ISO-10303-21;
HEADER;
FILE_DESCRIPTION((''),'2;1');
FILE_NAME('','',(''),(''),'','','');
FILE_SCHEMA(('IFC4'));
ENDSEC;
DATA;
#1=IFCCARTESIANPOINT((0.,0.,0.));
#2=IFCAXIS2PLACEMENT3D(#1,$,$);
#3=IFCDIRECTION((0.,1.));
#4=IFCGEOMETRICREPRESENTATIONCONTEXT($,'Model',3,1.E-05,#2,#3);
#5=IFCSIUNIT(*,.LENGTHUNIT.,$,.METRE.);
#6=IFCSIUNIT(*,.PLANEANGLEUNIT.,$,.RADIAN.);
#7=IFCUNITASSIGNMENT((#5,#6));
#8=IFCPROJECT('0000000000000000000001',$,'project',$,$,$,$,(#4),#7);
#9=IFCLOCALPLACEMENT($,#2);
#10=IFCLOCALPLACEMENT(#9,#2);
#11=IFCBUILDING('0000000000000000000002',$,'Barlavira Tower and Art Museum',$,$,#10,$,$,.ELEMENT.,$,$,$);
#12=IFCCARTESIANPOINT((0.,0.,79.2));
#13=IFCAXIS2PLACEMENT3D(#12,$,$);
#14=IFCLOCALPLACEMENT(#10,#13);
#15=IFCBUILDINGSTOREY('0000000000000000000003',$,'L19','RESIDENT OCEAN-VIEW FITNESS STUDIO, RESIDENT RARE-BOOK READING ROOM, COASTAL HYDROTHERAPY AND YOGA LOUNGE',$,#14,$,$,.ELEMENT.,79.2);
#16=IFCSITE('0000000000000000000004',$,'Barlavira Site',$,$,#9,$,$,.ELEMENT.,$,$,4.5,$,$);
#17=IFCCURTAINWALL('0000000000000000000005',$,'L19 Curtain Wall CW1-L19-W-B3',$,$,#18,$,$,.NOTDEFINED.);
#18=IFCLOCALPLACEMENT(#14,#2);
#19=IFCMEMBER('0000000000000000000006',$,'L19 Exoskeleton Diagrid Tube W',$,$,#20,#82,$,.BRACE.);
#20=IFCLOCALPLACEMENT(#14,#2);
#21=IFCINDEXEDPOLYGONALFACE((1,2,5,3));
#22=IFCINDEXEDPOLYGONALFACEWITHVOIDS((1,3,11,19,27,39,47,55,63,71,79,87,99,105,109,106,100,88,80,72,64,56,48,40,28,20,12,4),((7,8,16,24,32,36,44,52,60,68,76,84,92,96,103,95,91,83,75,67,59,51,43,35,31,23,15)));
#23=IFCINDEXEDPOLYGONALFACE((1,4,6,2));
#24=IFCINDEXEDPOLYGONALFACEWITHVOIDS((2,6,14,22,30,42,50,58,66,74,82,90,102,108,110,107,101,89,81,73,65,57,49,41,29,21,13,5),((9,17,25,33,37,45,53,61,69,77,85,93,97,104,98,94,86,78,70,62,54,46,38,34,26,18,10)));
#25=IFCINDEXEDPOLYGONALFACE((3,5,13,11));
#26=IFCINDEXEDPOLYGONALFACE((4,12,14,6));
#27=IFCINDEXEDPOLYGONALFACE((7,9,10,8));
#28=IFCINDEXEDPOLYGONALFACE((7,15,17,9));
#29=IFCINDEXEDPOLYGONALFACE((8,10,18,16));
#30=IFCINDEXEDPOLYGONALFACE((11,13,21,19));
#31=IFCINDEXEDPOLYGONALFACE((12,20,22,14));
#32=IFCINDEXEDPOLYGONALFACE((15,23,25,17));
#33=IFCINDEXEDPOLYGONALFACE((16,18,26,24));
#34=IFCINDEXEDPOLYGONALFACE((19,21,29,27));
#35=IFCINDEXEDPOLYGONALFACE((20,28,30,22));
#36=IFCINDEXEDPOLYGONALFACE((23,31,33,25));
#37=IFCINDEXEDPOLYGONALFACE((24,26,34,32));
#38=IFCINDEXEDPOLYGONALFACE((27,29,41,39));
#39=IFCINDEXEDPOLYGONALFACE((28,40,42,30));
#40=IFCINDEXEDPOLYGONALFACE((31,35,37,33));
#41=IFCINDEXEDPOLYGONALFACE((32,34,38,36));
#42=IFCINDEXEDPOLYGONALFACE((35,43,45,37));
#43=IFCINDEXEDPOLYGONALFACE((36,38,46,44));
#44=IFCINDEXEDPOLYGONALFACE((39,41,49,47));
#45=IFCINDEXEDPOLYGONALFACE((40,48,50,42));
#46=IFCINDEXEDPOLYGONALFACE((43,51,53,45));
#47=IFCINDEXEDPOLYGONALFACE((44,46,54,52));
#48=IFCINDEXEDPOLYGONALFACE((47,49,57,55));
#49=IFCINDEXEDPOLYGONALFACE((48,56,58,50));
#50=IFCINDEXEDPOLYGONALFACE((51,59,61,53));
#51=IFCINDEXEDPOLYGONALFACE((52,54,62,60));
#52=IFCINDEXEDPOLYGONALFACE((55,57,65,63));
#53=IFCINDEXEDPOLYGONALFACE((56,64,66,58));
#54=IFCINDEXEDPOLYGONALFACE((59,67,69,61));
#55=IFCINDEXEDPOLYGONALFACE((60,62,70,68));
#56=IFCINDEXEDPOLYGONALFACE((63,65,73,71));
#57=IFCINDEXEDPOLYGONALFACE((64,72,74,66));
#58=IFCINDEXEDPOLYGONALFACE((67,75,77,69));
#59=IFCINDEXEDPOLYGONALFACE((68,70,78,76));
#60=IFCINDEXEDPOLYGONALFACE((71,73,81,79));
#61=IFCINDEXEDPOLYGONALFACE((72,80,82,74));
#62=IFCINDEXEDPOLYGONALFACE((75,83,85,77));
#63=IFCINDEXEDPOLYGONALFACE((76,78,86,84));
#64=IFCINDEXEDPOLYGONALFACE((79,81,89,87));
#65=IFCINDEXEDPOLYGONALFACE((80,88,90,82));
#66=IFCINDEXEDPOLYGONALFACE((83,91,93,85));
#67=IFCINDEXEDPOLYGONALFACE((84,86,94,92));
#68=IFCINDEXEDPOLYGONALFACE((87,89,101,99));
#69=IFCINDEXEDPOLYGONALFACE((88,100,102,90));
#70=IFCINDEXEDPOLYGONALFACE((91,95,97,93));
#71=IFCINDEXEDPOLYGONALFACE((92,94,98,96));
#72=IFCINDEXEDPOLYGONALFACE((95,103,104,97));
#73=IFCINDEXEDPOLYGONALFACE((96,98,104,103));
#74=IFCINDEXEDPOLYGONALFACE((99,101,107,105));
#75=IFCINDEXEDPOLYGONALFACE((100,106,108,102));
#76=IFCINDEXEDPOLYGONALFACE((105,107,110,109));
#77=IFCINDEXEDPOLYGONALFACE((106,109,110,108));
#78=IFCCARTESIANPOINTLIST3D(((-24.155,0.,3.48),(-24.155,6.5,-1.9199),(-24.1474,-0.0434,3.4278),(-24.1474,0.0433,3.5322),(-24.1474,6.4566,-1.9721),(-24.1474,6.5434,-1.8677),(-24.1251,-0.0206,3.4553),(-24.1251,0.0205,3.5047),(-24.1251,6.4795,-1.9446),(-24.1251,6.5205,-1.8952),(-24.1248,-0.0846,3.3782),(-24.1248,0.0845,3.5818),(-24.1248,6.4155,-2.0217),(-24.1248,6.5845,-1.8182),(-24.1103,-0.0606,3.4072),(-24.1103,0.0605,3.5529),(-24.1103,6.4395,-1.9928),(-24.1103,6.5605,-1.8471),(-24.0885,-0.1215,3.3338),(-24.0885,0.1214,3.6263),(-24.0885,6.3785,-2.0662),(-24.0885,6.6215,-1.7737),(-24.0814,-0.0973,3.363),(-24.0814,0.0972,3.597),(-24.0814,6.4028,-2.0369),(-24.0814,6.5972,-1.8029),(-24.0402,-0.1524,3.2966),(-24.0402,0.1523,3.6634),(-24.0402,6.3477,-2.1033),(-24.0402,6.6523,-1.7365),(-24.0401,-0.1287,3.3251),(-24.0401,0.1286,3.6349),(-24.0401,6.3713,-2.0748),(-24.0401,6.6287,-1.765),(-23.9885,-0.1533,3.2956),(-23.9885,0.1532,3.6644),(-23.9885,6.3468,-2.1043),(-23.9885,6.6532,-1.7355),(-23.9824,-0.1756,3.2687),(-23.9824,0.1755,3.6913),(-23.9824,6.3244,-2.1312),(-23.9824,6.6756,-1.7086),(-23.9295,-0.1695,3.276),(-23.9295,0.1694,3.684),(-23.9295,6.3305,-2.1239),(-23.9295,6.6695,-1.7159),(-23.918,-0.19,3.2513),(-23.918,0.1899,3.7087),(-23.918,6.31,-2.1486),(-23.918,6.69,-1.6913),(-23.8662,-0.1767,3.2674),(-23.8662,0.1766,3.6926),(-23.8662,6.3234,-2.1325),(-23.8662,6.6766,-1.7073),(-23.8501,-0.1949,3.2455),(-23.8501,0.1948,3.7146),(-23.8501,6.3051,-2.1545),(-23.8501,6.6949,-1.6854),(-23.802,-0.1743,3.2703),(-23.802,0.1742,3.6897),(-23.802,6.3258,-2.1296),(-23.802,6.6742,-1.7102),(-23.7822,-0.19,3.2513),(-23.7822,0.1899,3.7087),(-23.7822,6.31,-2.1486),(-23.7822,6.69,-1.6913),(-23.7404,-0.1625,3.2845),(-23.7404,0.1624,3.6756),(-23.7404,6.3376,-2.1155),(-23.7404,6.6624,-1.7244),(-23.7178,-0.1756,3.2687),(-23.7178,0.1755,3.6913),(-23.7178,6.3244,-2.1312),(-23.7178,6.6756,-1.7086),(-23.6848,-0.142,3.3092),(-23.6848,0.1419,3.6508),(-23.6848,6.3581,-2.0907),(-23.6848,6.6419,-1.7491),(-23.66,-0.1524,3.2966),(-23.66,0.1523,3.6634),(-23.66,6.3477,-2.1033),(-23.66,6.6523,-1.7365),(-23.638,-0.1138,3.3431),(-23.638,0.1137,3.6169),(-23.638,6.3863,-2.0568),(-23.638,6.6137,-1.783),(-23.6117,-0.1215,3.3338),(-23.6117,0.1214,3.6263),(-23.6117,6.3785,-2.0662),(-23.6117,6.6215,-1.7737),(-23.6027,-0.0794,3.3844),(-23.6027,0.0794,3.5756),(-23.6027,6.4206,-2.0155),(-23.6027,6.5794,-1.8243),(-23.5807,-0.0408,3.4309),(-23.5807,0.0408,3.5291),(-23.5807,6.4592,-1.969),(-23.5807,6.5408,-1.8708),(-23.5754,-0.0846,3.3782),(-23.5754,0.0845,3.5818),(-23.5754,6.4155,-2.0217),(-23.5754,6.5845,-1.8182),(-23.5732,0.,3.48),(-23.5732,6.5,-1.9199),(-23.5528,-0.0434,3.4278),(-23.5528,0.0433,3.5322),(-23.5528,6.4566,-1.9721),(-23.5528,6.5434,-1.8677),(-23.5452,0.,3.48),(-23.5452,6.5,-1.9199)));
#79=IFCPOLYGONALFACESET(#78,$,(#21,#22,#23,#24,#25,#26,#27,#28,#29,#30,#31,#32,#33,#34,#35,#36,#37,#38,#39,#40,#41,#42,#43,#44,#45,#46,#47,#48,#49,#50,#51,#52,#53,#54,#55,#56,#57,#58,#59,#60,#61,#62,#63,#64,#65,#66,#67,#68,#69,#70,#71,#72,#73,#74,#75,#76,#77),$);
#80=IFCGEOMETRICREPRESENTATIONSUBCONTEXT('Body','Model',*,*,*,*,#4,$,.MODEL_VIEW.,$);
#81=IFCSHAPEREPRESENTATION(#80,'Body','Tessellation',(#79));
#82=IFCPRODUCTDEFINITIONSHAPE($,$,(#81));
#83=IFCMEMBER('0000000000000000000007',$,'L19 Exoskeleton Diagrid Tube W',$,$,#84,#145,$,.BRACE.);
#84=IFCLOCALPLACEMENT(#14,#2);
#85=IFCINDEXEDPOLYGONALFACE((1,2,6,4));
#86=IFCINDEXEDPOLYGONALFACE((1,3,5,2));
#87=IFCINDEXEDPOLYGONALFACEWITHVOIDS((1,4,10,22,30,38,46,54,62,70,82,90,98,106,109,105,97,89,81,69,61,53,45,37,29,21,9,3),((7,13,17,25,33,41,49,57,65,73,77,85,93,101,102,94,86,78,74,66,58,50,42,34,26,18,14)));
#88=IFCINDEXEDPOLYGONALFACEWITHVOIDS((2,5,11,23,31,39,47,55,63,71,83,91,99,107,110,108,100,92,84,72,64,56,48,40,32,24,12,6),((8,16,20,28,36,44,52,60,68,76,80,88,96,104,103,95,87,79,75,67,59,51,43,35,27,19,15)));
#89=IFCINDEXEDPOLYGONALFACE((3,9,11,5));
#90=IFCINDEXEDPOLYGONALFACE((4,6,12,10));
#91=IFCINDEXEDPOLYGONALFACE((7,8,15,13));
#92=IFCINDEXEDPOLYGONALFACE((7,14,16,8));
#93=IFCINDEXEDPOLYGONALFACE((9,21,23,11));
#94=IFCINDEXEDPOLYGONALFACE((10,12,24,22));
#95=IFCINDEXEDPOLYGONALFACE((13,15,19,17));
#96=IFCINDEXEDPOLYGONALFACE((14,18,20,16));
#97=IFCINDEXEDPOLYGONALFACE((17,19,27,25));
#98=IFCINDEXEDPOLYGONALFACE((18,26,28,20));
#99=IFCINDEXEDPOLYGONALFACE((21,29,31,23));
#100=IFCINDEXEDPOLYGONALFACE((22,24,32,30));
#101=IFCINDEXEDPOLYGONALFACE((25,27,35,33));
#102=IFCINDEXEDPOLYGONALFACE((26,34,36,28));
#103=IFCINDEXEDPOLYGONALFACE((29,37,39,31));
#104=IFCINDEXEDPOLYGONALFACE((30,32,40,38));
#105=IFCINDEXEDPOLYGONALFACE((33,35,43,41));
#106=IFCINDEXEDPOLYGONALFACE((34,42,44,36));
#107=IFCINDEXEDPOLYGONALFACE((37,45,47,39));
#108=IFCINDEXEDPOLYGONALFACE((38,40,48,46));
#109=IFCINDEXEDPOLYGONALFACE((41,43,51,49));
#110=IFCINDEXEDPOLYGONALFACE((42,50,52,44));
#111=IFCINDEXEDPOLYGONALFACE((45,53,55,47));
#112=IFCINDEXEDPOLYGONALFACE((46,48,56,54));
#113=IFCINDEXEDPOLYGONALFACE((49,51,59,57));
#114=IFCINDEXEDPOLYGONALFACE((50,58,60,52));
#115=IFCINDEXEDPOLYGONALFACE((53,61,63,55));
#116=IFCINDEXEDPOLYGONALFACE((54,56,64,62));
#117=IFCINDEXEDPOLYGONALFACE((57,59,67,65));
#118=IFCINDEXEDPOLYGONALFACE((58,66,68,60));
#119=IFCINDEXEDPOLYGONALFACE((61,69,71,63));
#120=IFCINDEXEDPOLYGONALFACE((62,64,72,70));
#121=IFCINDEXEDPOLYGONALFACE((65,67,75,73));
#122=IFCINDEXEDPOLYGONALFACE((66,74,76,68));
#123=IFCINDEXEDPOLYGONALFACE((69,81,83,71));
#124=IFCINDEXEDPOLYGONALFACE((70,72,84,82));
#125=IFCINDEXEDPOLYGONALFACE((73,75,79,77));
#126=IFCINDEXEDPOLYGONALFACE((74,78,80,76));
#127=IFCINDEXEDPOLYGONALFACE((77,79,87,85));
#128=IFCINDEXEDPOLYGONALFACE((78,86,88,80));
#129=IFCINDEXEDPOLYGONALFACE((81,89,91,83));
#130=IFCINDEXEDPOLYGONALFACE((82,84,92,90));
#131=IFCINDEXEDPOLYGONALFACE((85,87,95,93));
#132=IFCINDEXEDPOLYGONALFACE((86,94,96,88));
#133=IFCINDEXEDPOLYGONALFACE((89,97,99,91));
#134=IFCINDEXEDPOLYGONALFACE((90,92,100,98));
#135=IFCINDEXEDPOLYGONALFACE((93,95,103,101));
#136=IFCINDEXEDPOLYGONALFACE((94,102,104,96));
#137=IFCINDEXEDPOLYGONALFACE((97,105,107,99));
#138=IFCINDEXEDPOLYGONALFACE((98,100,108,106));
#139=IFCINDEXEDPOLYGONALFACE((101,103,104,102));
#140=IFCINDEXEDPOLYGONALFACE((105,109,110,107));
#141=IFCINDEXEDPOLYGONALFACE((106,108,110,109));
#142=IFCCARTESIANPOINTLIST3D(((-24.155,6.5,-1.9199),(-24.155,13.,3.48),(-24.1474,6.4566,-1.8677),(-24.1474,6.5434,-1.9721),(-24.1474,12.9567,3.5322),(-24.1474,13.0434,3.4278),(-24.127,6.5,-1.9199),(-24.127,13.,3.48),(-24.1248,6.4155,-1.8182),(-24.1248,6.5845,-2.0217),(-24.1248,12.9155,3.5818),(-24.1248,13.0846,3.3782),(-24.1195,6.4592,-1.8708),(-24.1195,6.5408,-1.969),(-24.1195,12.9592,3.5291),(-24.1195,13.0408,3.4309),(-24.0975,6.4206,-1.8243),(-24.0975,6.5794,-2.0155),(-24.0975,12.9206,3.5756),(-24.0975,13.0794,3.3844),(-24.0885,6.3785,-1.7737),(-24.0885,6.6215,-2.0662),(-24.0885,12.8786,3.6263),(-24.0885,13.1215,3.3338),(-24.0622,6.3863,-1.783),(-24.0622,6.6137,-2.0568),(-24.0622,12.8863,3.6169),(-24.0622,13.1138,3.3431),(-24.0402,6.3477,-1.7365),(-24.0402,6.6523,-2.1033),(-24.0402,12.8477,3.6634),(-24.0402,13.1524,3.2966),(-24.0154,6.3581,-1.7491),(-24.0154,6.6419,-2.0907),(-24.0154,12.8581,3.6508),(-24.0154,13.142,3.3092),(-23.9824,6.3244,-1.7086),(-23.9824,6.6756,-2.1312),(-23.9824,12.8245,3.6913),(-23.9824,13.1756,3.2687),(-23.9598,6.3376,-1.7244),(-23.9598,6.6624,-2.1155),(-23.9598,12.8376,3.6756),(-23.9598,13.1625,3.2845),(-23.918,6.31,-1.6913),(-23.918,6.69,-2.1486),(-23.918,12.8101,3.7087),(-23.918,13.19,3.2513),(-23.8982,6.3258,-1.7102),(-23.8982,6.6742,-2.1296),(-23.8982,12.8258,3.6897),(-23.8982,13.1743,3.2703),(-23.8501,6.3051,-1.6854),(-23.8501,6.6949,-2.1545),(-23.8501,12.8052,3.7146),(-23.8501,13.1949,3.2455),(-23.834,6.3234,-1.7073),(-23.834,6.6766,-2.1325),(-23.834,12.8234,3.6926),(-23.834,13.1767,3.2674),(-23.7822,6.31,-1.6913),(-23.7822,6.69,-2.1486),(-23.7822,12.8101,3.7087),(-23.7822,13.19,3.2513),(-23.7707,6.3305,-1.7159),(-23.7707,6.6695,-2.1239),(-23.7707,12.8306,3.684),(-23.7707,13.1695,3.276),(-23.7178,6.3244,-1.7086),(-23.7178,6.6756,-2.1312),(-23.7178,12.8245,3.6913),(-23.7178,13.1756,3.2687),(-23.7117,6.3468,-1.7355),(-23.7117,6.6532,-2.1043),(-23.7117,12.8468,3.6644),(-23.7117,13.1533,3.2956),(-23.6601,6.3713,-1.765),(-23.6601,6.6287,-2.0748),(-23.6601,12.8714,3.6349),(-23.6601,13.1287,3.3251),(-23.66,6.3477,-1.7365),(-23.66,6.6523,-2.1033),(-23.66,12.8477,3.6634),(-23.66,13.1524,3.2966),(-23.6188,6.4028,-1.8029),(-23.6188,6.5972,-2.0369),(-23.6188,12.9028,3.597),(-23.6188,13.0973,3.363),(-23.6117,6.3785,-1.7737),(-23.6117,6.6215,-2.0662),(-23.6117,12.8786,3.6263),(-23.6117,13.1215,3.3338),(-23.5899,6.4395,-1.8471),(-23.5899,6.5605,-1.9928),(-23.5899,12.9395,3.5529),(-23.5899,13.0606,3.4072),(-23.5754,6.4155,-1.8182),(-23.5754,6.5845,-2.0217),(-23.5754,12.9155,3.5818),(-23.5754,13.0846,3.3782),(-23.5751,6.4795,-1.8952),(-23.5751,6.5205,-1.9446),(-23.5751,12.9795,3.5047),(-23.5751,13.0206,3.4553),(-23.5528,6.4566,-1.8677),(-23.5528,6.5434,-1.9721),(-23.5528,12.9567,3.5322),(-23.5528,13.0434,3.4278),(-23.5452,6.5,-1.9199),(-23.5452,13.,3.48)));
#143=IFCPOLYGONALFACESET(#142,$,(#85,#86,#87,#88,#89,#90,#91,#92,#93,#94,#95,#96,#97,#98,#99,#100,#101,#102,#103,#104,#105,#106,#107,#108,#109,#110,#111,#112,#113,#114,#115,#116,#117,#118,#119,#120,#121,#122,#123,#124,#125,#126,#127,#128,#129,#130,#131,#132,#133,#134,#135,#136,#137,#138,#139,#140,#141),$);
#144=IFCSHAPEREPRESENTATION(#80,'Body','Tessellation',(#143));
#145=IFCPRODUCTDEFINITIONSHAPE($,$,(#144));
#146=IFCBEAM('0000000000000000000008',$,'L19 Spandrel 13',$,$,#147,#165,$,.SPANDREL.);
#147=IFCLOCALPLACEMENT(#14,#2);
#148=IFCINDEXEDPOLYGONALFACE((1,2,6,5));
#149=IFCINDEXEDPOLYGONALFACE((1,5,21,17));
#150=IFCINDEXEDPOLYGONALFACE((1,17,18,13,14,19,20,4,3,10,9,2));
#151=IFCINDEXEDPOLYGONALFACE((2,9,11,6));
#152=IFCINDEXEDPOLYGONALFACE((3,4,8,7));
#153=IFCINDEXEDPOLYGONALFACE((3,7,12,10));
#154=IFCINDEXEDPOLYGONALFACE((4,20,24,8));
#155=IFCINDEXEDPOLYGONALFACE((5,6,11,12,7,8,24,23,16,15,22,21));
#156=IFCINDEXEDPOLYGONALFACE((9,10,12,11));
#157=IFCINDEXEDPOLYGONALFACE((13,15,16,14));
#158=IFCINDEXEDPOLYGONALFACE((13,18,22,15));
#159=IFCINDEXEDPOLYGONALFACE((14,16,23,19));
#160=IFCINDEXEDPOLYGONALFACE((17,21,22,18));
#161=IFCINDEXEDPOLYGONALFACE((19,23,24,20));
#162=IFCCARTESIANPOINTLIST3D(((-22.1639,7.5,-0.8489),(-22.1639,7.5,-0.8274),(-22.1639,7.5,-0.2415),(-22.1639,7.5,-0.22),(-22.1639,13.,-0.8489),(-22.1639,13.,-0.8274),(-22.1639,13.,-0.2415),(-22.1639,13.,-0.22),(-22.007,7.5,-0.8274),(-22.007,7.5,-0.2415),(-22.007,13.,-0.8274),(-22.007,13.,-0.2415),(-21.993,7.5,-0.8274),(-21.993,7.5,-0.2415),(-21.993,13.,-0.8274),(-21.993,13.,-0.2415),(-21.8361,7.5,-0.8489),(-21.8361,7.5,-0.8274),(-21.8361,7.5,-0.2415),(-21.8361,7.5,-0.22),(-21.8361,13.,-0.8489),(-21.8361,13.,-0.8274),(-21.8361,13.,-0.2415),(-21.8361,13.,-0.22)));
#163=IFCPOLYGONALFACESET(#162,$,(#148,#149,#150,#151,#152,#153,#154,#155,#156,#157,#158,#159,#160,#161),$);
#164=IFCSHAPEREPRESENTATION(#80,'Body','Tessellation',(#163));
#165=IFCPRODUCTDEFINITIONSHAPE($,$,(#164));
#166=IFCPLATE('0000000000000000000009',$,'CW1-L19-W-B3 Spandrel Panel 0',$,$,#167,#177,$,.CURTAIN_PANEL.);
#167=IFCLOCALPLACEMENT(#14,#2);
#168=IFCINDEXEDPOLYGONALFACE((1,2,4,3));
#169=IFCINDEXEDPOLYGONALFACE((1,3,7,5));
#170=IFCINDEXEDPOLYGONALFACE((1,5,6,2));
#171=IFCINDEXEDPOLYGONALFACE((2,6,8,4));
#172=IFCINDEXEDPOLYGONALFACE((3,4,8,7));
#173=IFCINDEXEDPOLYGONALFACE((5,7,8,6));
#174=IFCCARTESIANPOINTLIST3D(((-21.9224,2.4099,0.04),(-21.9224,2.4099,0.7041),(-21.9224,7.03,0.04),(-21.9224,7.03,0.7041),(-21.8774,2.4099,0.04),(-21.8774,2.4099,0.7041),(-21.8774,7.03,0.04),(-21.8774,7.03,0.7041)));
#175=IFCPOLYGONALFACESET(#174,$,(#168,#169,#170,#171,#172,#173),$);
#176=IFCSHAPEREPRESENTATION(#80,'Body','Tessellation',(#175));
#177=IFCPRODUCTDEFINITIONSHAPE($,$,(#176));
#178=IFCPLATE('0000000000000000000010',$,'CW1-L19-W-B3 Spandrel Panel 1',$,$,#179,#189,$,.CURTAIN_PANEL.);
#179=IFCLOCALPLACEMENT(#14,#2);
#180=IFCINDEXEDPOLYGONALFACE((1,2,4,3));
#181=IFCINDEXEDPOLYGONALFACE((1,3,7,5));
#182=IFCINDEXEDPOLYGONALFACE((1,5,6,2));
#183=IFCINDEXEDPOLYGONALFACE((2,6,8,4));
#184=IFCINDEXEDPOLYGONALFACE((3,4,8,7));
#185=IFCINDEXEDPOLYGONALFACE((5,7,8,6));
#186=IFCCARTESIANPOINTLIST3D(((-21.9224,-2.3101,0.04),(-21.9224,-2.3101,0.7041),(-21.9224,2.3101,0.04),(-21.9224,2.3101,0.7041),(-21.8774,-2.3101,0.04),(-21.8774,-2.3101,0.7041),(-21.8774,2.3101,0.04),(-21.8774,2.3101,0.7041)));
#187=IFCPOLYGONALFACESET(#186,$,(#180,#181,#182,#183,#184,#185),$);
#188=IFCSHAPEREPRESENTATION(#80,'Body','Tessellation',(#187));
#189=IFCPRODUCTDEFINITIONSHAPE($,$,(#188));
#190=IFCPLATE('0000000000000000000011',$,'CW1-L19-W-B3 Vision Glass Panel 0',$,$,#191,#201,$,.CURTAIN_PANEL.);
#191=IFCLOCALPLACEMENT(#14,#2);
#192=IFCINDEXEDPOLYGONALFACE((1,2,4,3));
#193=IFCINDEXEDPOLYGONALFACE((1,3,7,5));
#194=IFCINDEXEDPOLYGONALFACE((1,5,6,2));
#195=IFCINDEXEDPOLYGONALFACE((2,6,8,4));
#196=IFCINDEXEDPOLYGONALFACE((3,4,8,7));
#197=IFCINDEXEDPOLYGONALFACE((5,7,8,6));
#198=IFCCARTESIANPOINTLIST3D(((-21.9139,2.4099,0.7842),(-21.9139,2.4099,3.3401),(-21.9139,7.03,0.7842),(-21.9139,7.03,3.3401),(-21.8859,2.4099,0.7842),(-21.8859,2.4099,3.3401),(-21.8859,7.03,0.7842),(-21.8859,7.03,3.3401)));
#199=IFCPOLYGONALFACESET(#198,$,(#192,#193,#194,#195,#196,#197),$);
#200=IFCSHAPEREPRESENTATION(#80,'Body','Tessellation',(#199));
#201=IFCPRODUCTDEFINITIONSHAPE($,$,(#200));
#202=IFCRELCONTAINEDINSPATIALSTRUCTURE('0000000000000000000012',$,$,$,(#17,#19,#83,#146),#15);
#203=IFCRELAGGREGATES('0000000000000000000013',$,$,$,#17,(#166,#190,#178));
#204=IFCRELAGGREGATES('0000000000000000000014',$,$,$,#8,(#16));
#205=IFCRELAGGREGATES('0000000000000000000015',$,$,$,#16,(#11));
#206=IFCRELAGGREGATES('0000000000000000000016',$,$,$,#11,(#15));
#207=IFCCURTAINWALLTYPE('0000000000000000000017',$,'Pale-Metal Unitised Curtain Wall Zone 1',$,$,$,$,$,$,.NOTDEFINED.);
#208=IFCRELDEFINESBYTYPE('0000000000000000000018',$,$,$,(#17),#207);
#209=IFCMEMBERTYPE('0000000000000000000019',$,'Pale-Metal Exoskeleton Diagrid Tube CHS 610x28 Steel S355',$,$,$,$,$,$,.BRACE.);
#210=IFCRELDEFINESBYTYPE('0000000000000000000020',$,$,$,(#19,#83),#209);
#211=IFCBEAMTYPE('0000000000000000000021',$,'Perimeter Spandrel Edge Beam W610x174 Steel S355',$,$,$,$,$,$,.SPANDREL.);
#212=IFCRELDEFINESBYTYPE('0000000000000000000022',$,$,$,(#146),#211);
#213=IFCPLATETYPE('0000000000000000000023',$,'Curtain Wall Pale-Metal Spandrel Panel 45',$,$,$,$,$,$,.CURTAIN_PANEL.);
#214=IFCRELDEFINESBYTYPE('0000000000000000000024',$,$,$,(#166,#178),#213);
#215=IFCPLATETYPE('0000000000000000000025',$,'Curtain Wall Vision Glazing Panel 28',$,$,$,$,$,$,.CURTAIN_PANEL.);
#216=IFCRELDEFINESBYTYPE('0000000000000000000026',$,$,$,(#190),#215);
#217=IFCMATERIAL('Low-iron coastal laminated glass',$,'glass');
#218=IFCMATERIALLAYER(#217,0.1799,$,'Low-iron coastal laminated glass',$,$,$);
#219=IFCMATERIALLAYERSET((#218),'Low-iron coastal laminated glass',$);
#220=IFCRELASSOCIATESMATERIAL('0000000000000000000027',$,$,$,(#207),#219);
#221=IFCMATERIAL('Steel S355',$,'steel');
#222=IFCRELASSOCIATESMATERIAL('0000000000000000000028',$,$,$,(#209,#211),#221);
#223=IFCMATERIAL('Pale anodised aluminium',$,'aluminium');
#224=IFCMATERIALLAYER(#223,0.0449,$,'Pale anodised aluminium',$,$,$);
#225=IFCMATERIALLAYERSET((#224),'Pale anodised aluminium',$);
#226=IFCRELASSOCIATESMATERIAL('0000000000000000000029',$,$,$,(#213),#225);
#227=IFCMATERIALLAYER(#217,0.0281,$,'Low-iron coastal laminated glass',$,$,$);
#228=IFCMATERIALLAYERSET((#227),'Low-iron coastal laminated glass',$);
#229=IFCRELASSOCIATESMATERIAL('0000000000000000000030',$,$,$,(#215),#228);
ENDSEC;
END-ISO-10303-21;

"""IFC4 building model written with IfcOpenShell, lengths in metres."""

from ifc_helpers import new_model, si_unit, direction, frame, origin, origin_2d, place, context, subcontext, project, spatial, rectangle, hollow_circle, i_section, extrude, material, layer, layer_set, material_profile, profile_set, type_object, element, aggregate, save


model = new_model("IFC4")

# Units and contexts
model_context = context("Model", 3, precision=1e-05, world=origin(), true_north=direction((0.0, 1.0)))
body_context = subcontext(model_context, "Body", "Model", "MODEL_VIEW")
ifc_project = project(units=[si_unit("LENGTHUNIT", "METRE"), si_unit("PLANEANGLEUNIT", "RADIAN")], contexts=[model_context])

# Site, building, storey
site_placement = place(None, origin())
site = spatial("IfcSite", under=ifc_project, at=site_placement, Name="Barlavira Site", CompositionType="ELEMENT", RefElevation=4.5)
building_placement = place(site_placement, origin())
building = spatial("IfcBuilding", under=site, at=building_placement, Name="Barlavira Tower and Art Museum", CompositionType="ELEMENT")
storey_placement = place(building_placement, frame((0.0, 0.0, 79.2)))
storey = spatial("IfcBuildingStorey", under=building, at=storey_placement, Name="L19", Description="RESIDENT OCEAN-VIEW FITNESS STUDIO, RESIDENT RARE-BOOK READING ROOM, COASTAL HYDROTHERAPY AND YOGA LOUNGE", CompositionType="ELEMENT", Elevation=79.2)

# Curtain wall
ifc_material_1 = material(Name="Low-iron coastal laminated glass", Category="glass")
ifc_layer_1 = layer(ifc_material_1, 0.1799, Name="Low-iron coastal laminated glass")
ifc_layer_set_1 = layer_set([ifc_layer_1], Name="Low-iron coastal laminated glass")
curtain_wall_type = type_object("IfcCurtainWallType", Name="Pale-Metal Unitised Curtain Wall Zone 1", PredefinedType="NOTDEFINED", material=ifc_layer_set_1)
curtain_wall_placement = place(storey_placement, origin())
curtain_wall = element("IfcCurtainWall", 1, at=curtain_wall_placement, inside=storey, type_object=curtain_wall_type, Name="L19 Curtain Wall CW1-L19-W-B3", PredefinedType="NOTDEFINED")
ifc_material_2 = material(Name="Pale anodised aluminium", Category="aluminium")

# Members
ifc_material_3 = material(Name="Steel S355", Category="steel")
ifc_material_profile_1 = material_profile(ifc_material_3, hollow_circle(Radius=0.3049, WallThickness=0.0281, at=origin_2d()), Name="CHS 610.0x28.0")
ifc_profile_set_1 = profile_set([ifc_material_profile_1], Name="Steel S355")
member_type_1 = type_object("IfcMemberType", Name="Pale-Metal Exoskeleton Diagrid Tube CHS 610x28 Steel S355", PredefinedType="BRACE", material=ifc_profile_set_1)
for number, where, z_axis, x_axis, name in (
    (2, (-23.8501, 6.5, -1.9199), (0.0, -0.769196, 0.639013), (1.0, 0.0, 0.0), "L19 Exoskeleton Diagrid Tube W"),
    (3, (-23.8501, 6.5, -1.9199), (0.0, 0.769196, 0.639013), (-1.0, 0.0, 0.0), "L19 Exoskeleton Diagrid Tube W"),
):
    element("IfcMember", number, at=place(storey_placement, frame(where, z_axis=z_axis, x_axis=x_axis)), inside=storey, type_object=member_type_1, Name=name, PredefinedType="BRACE", context=body_context, shape_type="SweptSolid", body=[
        extrude(hollow_circle(Radius=0.3049, WallThickness=0.0281, at=origin_2d()), origin(), (0.0, 0.0, 1.0), 8.4504),
    ])

# Beam
ifc_material_profile_2 = material_profile(ifc_material_3, i_section(OverallWidth=0.3279, OverallDepth=0.6289, WebThickness=0.0139, FlangeThickness=0.0215, at=origin_2d()), Name="W610x174.0")
ifc_profile_set_2 = profile_set([ifc_material_profile_2], Name="Steel S355")
beam_type = type_object("IfcBeamType", Name="Perimeter Spandrel Edge Beam W610x174 Steel S355", PredefinedType="SPANDREL", material=ifc_profile_set_2)
beam_placement = place(storey_placement, frame((-22.0, 7.5, -0.5344), z_axis=(0.0, 1.0, 0.0), x_axis=(-1.0, 0.0, 0.0)))
element("IfcBeam", 4, at=beam_placement, inside=storey, type_object=beam_type, Name="L19 Spandrel 13", PredefinedType="SPANDREL", context=body_context, shape_type="SweptSolid", body=[
    extrude(i_section(OverallWidth=0.3279, OverallDepth=0.6289, WebThickness=0.0139, FlangeThickness=0.0215, at=origin_2d()), origin(), (0.0, 0.0, 1.0), 5.5),
])

# Plates
ifc_layer_2 = layer(ifc_material_2, 0.0449, Name="Pale anodised aluminium")
ifc_layer_set_2 = layer_set([ifc_layer_2], Name="Pale anodised aluminium")
plate_type_1 = type_object("IfcPlateType", Name="Curtain Wall Pale-Metal Spandrel Panel 45", PredefinedType="CURTAIN_PANEL", material=ifc_layer_set_2)
plate_1_placement = place(storey_placement, frame((-21.8999, 4.72, 0.04), z_axis=(0.0, 0.0, 1.0), x_axis=(0.0, -1.0, 0.0)))
plate_1 = element("IfcPlate", 5, at=plate_1_placement, type_object=plate_type_1, Name="CW1-L19-W-B3 Spandrel Panel 0", PredefinedType="CURTAIN_PANEL", context=body_context, shape_type="SweptSolid", body=[
    extrude(rectangle(XDim=4.6201, YDim=0.0449, at=origin_2d()), origin(), (0.0, 0.0, 1.0), 0.6641),
])
plate_2_placement = place(storey_placement, frame((-21.8999, 0.0, 0.04), z_axis=(0.0, 0.0, 1.0), x_axis=(0.0, -1.0, 0.0)))
plate_2 = element("IfcPlate", 6, at=plate_2_placement, type_object=plate_type_1, Name="CW1-L19-W-B3 Spandrel Panel 1", PredefinedType="CURTAIN_PANEL", context=body_context, shape_type="SweptSolid", body=[
    extrude(rectangle(XDim=4.6201, YDim=0.0449, at=origin_2d()), origin(), (0.0, 0.0, 1.0), 0.6641),
])
ifc_layer_3 = layer(ifc_material_1, 0.0281, Name="Low-iron coastal laminated glass")
ifc_layer_set_3 = layer_set([ifc_layer_3], Name="Low-iron coastal laminated glass")
plate_type_2 = type_object("IfcPlateType", Name="Curtain Wall Vision Glazing Panel 28", PredefinedType="CURTAIN_PANEL", material=ifc_layer_set_3)
plate_3_placement = place(storey_placement, frame((-21.8999, 4.72, 0.7842), z_axis=(0.0, 0.0, 1.0), x_axis=(0.0, -1.0, 0.0)))
plate_3 = element("IfcPlate", 7, at=plate_3_placement, type_object=plate_type_2, Name="CW1-L19-W-B3 Vision Glass Panel 0", PredefinedType="CURTAIN_PANEL", context=body_context, shape_type="SweptSolid", body=[
    extrude(rectangle(XDim=4.6201, YDim=0.0281, at=origin_2d()), origin(), (0.0, 0.0, 1.0), 2.5559),
])
aggregate(curtain_wall, [plate_1, plate_3, plate_2])

save(model, "model.ifc")
